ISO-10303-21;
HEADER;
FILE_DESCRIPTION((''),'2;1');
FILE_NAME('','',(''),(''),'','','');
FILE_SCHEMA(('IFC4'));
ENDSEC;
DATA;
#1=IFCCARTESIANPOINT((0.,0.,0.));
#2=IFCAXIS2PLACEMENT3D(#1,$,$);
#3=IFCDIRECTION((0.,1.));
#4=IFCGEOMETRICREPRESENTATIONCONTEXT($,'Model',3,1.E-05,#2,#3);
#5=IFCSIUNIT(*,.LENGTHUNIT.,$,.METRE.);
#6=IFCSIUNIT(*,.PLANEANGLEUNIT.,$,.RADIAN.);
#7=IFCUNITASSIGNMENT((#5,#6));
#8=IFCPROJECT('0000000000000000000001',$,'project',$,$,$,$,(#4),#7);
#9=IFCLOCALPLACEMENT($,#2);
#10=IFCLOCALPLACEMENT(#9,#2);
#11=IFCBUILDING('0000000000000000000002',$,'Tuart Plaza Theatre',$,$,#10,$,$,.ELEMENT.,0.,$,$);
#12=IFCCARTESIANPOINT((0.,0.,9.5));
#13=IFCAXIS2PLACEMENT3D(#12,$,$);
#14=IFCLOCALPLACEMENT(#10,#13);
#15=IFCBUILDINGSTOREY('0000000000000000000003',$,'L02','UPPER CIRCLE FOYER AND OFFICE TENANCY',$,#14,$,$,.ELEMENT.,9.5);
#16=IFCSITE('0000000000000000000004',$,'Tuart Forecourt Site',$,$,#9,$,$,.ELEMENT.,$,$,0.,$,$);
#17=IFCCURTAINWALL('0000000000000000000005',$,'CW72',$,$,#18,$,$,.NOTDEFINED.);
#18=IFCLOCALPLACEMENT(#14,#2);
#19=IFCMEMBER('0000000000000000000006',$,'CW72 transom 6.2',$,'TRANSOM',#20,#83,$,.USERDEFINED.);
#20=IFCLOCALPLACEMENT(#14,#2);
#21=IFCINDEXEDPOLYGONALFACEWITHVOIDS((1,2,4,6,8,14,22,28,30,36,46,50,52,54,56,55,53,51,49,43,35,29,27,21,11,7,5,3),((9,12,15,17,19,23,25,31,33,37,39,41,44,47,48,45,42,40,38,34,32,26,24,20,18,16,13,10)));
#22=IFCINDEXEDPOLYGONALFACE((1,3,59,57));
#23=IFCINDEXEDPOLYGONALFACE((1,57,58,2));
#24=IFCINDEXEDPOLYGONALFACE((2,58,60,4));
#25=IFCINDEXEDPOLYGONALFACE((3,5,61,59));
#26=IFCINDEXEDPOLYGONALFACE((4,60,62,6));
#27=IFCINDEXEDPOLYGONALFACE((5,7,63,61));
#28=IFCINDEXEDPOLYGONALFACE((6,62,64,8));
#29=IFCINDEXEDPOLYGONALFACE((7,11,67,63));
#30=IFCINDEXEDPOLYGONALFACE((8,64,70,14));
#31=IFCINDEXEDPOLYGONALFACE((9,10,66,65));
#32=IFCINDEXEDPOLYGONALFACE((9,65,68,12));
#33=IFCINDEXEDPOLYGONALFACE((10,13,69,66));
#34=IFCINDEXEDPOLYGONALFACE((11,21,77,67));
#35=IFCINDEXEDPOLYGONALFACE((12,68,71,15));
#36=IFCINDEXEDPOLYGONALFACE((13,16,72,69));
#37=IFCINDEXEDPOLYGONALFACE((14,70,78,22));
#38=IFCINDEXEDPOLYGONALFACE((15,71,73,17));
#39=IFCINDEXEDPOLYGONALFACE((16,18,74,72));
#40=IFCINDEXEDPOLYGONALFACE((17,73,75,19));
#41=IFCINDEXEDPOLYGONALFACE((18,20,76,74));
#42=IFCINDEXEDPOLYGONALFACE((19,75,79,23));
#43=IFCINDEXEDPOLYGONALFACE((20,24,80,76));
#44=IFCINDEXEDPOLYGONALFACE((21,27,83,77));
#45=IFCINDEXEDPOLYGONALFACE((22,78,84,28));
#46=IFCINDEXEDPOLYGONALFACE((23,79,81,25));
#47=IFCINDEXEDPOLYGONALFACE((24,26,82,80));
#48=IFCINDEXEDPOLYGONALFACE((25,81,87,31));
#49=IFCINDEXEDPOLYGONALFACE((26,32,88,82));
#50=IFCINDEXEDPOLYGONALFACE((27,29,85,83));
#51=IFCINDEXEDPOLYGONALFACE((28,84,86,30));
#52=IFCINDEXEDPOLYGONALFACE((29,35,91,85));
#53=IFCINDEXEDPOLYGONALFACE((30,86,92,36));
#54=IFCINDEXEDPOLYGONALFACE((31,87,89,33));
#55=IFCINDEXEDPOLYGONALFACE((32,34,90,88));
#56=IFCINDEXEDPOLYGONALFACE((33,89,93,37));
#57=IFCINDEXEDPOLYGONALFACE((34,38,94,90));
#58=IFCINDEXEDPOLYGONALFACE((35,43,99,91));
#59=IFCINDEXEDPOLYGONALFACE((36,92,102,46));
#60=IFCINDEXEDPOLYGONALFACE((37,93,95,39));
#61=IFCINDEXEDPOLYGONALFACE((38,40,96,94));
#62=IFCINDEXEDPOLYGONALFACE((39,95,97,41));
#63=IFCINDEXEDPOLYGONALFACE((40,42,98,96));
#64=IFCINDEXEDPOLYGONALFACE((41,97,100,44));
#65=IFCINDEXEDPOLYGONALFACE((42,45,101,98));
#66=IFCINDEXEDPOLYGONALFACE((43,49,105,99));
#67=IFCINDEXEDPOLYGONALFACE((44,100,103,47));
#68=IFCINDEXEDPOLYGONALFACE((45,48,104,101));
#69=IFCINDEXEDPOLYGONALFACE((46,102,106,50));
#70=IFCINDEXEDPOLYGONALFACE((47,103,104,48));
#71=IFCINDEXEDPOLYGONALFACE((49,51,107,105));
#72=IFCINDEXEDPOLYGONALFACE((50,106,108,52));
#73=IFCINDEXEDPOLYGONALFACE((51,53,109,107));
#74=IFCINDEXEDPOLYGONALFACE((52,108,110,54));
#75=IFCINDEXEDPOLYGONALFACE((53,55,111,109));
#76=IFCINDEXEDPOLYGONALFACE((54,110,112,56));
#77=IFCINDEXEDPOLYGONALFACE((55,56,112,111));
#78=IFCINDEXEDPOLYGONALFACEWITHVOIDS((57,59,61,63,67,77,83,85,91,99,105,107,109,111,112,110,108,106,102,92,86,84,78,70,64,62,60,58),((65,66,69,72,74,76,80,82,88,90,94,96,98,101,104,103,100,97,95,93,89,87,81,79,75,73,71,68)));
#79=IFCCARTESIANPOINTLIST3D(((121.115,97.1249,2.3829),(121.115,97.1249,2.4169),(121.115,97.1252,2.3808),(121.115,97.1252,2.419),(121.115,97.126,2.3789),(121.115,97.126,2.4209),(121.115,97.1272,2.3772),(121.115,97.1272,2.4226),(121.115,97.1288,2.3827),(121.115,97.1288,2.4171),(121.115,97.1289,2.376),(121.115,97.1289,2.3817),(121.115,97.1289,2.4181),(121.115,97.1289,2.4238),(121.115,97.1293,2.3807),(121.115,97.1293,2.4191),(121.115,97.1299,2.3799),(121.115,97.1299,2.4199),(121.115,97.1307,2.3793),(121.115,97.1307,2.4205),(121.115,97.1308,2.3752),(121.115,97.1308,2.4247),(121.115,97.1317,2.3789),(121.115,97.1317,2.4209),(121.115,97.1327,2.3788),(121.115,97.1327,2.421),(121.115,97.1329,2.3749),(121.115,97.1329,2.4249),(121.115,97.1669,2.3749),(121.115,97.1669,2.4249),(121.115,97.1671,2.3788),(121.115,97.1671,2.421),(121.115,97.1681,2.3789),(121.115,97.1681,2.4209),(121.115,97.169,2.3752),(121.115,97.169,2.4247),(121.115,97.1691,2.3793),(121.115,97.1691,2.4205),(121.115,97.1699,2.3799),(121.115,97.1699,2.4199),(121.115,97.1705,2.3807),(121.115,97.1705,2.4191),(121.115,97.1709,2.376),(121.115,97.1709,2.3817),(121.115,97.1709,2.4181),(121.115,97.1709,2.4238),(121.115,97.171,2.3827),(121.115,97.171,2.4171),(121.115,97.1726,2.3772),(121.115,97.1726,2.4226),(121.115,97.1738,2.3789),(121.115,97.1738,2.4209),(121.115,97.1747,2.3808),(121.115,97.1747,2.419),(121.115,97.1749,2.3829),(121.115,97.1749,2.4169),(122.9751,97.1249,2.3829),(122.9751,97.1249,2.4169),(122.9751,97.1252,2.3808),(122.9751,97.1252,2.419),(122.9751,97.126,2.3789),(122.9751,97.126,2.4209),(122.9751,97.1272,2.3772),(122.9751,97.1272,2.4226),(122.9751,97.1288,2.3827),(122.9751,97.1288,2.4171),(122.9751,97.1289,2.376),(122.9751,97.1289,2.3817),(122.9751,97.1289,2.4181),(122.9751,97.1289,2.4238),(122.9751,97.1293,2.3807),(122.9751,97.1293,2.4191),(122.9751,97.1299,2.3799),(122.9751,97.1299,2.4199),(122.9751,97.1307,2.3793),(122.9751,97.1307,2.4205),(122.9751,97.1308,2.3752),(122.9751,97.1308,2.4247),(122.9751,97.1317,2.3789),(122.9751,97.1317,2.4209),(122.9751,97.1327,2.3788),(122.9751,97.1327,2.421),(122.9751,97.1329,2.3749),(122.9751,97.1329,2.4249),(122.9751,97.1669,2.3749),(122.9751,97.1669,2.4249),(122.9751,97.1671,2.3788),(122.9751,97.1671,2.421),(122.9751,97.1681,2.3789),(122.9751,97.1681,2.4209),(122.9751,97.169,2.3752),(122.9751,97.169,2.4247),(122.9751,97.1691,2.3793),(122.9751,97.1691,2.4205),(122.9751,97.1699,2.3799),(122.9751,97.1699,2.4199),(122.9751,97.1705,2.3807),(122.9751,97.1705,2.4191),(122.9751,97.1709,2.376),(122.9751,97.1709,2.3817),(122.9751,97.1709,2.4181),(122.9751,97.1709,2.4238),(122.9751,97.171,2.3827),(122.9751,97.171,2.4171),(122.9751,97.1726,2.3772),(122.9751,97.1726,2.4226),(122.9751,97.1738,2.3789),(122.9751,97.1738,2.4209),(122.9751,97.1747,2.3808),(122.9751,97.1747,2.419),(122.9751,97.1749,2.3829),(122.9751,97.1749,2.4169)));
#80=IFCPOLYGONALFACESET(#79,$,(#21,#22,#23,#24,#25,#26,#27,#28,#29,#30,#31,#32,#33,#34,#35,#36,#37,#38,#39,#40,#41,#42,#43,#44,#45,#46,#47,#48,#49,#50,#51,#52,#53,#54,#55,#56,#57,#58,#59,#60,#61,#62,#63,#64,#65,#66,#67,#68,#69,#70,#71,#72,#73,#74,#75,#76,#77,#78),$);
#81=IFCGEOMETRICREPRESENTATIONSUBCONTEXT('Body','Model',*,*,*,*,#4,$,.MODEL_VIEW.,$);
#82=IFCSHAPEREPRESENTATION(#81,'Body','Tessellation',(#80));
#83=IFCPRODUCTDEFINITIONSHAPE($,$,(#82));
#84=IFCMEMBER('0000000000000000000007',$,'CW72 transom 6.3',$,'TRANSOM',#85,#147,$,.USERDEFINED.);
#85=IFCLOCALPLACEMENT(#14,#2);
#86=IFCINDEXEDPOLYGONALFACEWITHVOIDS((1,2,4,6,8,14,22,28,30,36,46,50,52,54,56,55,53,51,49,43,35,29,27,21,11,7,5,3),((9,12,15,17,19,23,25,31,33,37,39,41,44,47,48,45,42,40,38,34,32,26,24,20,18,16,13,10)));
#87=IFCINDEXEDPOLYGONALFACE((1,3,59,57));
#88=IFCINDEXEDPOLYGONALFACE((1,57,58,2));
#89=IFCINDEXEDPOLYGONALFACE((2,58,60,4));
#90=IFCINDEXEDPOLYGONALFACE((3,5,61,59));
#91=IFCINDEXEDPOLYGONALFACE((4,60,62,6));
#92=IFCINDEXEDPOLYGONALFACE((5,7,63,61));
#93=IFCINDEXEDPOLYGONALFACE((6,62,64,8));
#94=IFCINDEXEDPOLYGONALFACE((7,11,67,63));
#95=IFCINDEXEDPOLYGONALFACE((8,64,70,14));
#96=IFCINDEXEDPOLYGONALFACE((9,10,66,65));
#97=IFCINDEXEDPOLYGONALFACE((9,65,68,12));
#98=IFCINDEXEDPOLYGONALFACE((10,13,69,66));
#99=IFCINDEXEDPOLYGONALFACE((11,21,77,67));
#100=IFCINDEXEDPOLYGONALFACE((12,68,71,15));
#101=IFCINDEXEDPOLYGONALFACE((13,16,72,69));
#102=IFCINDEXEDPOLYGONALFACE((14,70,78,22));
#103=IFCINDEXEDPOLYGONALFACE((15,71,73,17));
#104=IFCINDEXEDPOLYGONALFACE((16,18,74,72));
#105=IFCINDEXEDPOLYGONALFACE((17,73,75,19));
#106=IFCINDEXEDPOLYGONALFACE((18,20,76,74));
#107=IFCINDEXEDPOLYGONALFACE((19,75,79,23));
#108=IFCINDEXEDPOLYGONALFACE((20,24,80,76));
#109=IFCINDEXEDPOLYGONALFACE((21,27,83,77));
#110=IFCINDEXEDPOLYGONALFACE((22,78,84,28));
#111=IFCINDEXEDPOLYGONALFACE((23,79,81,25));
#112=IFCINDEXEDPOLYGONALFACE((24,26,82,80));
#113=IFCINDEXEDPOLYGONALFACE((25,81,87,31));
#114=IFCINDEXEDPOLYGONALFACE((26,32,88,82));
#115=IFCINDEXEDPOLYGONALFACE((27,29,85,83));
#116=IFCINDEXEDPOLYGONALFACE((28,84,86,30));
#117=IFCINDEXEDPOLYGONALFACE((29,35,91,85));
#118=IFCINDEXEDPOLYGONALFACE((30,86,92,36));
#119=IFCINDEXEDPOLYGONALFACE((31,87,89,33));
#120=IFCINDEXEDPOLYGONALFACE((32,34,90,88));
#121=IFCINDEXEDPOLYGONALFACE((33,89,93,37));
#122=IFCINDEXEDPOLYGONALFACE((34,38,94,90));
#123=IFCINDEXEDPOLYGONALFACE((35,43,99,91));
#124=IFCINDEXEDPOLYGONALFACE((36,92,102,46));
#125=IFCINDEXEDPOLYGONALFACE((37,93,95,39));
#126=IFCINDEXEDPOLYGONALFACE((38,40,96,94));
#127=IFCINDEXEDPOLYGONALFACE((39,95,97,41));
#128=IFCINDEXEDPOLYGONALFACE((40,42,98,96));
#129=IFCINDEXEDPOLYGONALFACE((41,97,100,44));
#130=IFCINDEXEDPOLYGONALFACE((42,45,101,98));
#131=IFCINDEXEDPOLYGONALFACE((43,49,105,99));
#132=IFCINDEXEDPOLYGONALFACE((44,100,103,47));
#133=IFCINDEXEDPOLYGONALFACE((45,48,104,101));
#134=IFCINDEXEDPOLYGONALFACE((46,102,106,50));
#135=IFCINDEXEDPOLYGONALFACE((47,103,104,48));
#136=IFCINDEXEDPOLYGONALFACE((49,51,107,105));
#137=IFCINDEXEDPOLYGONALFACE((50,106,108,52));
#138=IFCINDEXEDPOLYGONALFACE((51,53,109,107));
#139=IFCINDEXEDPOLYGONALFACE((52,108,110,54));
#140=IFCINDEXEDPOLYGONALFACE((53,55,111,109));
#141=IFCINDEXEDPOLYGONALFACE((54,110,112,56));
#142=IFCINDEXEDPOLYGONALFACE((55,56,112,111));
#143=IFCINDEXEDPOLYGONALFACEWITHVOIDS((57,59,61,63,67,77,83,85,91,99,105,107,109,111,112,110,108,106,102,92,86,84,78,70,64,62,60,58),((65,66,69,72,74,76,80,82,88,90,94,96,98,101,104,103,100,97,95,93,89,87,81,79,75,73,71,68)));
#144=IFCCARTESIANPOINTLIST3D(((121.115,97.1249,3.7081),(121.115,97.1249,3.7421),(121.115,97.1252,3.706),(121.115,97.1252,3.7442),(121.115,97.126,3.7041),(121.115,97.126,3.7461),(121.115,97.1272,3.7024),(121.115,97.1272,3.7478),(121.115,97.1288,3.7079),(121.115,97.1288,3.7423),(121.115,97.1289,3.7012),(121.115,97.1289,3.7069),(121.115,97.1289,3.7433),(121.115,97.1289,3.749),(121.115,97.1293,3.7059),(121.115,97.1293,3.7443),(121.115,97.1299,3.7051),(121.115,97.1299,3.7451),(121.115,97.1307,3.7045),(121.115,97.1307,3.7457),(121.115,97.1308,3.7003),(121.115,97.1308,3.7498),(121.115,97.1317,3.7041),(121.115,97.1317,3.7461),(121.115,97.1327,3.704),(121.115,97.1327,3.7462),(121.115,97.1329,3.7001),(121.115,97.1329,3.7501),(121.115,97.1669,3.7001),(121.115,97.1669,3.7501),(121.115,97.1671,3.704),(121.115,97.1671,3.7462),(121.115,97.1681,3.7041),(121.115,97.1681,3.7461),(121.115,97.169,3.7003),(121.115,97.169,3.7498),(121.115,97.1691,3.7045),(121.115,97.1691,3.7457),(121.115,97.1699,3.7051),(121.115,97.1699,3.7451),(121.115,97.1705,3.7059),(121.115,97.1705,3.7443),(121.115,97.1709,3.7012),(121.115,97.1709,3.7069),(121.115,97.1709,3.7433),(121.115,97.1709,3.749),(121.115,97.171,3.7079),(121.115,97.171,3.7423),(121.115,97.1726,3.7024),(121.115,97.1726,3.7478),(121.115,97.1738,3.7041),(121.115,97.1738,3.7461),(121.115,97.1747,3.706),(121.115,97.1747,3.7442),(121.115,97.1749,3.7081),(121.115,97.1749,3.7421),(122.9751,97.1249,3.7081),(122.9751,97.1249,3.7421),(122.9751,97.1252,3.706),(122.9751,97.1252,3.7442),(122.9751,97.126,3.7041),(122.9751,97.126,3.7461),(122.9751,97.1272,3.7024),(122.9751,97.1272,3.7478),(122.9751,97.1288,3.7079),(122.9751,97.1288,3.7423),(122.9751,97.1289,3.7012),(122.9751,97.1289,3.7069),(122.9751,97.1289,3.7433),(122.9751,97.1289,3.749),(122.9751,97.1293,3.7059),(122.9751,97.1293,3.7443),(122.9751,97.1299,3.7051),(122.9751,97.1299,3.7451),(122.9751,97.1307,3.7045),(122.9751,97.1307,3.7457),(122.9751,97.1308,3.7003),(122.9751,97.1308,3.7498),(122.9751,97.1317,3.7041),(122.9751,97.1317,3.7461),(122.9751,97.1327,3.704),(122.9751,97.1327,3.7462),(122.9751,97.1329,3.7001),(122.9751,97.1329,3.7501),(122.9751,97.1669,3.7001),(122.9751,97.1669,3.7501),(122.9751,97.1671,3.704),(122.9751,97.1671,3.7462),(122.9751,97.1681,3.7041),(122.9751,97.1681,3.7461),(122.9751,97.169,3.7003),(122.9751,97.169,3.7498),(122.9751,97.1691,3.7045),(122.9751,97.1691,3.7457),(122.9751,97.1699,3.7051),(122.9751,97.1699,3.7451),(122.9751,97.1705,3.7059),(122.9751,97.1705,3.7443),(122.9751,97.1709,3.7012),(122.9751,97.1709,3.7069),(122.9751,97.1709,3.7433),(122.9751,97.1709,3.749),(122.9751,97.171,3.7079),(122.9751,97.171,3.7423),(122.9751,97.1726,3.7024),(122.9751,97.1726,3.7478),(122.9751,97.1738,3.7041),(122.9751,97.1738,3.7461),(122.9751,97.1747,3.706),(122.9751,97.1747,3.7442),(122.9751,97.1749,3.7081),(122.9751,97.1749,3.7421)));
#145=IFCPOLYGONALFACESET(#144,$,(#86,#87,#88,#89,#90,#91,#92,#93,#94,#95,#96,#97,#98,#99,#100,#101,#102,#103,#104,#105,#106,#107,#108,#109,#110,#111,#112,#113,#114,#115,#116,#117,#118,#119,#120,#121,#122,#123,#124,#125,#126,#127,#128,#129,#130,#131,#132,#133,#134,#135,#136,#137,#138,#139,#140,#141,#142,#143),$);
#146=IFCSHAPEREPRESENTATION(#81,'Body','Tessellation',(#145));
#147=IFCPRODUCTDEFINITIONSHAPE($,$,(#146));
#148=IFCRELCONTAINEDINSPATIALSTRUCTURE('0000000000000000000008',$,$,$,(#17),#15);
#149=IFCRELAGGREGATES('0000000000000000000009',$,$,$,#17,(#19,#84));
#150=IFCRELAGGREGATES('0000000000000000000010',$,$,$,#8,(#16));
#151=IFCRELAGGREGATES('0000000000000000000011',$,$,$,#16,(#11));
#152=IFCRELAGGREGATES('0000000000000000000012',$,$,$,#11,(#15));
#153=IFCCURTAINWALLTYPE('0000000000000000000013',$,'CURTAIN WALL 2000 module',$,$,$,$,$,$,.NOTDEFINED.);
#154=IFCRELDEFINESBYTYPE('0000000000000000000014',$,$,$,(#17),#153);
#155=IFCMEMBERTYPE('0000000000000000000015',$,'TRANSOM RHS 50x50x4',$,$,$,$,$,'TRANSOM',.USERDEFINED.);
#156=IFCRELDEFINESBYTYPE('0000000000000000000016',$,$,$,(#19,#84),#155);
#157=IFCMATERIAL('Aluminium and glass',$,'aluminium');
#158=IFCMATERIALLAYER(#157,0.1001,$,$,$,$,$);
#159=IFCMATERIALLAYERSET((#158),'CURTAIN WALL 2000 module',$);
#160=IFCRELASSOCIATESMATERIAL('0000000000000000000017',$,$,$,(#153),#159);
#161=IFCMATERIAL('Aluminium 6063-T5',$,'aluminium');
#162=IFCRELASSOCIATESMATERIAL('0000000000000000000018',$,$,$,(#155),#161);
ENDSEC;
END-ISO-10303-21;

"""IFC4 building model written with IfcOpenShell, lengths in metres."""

from ifc_helpers import new_model, si_unit, direction, frame, origin, origin_2d, place, context, subcontext, project, spatial, hollow_rectangle, extrude, material, layer, layer_set, material_profile, profile_set, type_object, element, aggregate, save


model = new_model("IFC4")

# Units and contexts
model_context = context("Model", 3, precision=1e-05, world=origin(), true_north=direction((0.0, 1.0)))
body_context = subcontext(model_context, "Body", "Model", "MODEL_VIEW")
ifc_project = project(units=[si_unit("LENGTHUNIT", "METRE"), si_unit("PLANEANGLEUNIT", "RADIAN")], contexts=[model_context])

# Site, building, storey
site_placement = place(None, origin())
site = spatial("IfcSite", under=ifc_project, at=site_placement, Name="Tuart Forecourt Site", CompositionType="ELEMENT", RefElevation=0.0)
building_placement = place(site_placement, origin())
building = spatial("IfcBuilding", under=site, at=building_placement, Name="Tuart Plaza Theatre", CompositionType="ELEMENT", ElevationOfRefHeight=0.0)
storey_placement = place(building_placement, frame((0.0, 0.0, 9.5)))
storey = spatial("IfcBuildingStorey", under=building, at=storey_placement, Name="L02", Description="UPPER CIRCLE FOYER AND OFFICE TENANCY", CompositionType="ELEMENT", Elevation=9.5)

# Curtain wall, members
ifc_material_1 = material(Name="Aluminium and glass", Category="aluminium")
ifc_layer_1 = layer(ifc_material_1, 0.1001)
ifc_layer_set_1 = layer_set([ifc_layer_1], Name="CURTAIN WALL 2000 module")
curtain_wall_type = type_object("IfcCurtainWallType", Name="CURTAIN WALL 2000 module", PredefinedType="NOTDEFINED", material=ifc_layer_set_1)
curtain_wall_placement = place(storey_placement, origin())
curtain_wall = element("IfcCurtainWall", 1, at=curtain_wall_placement, inside=storey, type_object=curtain_wall_type, Name="CW72", PredefinedType="NOTDEFINED")
ifc_material_2 = material(Name="Aluminium 6063-T5", Category="aluminium")
ifc_material_profile_1 = material_profile(ifc_material_2, hollow_rectangle(XDim=0.05, YDim=0.05, WallThickness=0.0039, InnerFilletRadius=0.0039, OuterFilletRadius=0.0081, at=origin_2d()), Name="RHS 50x50x4")
ifc_profile_set_1 = profile_set([ifc_material_profile_1], Name="Aluminium 6063-T5")
member_type_1 = type_object("IfcMemberType", Name="TRANSOM RHS 50x50x4", ElementType="TRANSOM", PredefinedType="USERDEFINED", material=ifc_profile_set_1)
member_1_placement = place(storey_placement, frame((122.9751, 97.1499, 2.3999), z_axis=(-1.0, 0.0, 0.0), x_axis=(0.0, -1.0, 0.0)))
member_1 = element("IfcMember", 2, at=member_1_placement, type_object=member_type_1, Name="CW72 transom 6.2", ObjectType="TRANSOM", PredefinedType="USERDEFINED", context=body_context, shape_type="SweptSolid", body=[
    extrude(hollow_rectangle(XDim=0.05, YDim=0.05, WallThickness=0.0039, InnerFilletRadius=0.0039, OuterFilletRadius=0.0081, at=origin_2d()), origin(), (0.0, 0.0, 1.0), 1.8601),
])
member_2_placement = place(storey_placement, frame((122.9751, 97.1499, 3.7251), z_axis=(-1.0, 0.0, 0.0), x_axis=(0.0, -1.0, 0.0)))
member_2 = element("IfcMember", 3, at=member_2_placement, type_object=member_type_1, Name="CW72 transom 6.3", ObjectType="TRANSOM", PredefinedType="USERDEFINED", context=body_context, shape_type="SweptSolid", body=[
    extrude(hollow_rectangle(XDim=0.05, YDim=0.05, WallThickness=0.0039, InnerFilletRadius=0.0039, OuterFilletRadius=0.0081, at=origin_2d()), origin(), (0.0, 0.0, 1.0), 1.8601),
])
aggregate(curtain_wall, [member_1, member_2])

save(model, "model.ifc")
